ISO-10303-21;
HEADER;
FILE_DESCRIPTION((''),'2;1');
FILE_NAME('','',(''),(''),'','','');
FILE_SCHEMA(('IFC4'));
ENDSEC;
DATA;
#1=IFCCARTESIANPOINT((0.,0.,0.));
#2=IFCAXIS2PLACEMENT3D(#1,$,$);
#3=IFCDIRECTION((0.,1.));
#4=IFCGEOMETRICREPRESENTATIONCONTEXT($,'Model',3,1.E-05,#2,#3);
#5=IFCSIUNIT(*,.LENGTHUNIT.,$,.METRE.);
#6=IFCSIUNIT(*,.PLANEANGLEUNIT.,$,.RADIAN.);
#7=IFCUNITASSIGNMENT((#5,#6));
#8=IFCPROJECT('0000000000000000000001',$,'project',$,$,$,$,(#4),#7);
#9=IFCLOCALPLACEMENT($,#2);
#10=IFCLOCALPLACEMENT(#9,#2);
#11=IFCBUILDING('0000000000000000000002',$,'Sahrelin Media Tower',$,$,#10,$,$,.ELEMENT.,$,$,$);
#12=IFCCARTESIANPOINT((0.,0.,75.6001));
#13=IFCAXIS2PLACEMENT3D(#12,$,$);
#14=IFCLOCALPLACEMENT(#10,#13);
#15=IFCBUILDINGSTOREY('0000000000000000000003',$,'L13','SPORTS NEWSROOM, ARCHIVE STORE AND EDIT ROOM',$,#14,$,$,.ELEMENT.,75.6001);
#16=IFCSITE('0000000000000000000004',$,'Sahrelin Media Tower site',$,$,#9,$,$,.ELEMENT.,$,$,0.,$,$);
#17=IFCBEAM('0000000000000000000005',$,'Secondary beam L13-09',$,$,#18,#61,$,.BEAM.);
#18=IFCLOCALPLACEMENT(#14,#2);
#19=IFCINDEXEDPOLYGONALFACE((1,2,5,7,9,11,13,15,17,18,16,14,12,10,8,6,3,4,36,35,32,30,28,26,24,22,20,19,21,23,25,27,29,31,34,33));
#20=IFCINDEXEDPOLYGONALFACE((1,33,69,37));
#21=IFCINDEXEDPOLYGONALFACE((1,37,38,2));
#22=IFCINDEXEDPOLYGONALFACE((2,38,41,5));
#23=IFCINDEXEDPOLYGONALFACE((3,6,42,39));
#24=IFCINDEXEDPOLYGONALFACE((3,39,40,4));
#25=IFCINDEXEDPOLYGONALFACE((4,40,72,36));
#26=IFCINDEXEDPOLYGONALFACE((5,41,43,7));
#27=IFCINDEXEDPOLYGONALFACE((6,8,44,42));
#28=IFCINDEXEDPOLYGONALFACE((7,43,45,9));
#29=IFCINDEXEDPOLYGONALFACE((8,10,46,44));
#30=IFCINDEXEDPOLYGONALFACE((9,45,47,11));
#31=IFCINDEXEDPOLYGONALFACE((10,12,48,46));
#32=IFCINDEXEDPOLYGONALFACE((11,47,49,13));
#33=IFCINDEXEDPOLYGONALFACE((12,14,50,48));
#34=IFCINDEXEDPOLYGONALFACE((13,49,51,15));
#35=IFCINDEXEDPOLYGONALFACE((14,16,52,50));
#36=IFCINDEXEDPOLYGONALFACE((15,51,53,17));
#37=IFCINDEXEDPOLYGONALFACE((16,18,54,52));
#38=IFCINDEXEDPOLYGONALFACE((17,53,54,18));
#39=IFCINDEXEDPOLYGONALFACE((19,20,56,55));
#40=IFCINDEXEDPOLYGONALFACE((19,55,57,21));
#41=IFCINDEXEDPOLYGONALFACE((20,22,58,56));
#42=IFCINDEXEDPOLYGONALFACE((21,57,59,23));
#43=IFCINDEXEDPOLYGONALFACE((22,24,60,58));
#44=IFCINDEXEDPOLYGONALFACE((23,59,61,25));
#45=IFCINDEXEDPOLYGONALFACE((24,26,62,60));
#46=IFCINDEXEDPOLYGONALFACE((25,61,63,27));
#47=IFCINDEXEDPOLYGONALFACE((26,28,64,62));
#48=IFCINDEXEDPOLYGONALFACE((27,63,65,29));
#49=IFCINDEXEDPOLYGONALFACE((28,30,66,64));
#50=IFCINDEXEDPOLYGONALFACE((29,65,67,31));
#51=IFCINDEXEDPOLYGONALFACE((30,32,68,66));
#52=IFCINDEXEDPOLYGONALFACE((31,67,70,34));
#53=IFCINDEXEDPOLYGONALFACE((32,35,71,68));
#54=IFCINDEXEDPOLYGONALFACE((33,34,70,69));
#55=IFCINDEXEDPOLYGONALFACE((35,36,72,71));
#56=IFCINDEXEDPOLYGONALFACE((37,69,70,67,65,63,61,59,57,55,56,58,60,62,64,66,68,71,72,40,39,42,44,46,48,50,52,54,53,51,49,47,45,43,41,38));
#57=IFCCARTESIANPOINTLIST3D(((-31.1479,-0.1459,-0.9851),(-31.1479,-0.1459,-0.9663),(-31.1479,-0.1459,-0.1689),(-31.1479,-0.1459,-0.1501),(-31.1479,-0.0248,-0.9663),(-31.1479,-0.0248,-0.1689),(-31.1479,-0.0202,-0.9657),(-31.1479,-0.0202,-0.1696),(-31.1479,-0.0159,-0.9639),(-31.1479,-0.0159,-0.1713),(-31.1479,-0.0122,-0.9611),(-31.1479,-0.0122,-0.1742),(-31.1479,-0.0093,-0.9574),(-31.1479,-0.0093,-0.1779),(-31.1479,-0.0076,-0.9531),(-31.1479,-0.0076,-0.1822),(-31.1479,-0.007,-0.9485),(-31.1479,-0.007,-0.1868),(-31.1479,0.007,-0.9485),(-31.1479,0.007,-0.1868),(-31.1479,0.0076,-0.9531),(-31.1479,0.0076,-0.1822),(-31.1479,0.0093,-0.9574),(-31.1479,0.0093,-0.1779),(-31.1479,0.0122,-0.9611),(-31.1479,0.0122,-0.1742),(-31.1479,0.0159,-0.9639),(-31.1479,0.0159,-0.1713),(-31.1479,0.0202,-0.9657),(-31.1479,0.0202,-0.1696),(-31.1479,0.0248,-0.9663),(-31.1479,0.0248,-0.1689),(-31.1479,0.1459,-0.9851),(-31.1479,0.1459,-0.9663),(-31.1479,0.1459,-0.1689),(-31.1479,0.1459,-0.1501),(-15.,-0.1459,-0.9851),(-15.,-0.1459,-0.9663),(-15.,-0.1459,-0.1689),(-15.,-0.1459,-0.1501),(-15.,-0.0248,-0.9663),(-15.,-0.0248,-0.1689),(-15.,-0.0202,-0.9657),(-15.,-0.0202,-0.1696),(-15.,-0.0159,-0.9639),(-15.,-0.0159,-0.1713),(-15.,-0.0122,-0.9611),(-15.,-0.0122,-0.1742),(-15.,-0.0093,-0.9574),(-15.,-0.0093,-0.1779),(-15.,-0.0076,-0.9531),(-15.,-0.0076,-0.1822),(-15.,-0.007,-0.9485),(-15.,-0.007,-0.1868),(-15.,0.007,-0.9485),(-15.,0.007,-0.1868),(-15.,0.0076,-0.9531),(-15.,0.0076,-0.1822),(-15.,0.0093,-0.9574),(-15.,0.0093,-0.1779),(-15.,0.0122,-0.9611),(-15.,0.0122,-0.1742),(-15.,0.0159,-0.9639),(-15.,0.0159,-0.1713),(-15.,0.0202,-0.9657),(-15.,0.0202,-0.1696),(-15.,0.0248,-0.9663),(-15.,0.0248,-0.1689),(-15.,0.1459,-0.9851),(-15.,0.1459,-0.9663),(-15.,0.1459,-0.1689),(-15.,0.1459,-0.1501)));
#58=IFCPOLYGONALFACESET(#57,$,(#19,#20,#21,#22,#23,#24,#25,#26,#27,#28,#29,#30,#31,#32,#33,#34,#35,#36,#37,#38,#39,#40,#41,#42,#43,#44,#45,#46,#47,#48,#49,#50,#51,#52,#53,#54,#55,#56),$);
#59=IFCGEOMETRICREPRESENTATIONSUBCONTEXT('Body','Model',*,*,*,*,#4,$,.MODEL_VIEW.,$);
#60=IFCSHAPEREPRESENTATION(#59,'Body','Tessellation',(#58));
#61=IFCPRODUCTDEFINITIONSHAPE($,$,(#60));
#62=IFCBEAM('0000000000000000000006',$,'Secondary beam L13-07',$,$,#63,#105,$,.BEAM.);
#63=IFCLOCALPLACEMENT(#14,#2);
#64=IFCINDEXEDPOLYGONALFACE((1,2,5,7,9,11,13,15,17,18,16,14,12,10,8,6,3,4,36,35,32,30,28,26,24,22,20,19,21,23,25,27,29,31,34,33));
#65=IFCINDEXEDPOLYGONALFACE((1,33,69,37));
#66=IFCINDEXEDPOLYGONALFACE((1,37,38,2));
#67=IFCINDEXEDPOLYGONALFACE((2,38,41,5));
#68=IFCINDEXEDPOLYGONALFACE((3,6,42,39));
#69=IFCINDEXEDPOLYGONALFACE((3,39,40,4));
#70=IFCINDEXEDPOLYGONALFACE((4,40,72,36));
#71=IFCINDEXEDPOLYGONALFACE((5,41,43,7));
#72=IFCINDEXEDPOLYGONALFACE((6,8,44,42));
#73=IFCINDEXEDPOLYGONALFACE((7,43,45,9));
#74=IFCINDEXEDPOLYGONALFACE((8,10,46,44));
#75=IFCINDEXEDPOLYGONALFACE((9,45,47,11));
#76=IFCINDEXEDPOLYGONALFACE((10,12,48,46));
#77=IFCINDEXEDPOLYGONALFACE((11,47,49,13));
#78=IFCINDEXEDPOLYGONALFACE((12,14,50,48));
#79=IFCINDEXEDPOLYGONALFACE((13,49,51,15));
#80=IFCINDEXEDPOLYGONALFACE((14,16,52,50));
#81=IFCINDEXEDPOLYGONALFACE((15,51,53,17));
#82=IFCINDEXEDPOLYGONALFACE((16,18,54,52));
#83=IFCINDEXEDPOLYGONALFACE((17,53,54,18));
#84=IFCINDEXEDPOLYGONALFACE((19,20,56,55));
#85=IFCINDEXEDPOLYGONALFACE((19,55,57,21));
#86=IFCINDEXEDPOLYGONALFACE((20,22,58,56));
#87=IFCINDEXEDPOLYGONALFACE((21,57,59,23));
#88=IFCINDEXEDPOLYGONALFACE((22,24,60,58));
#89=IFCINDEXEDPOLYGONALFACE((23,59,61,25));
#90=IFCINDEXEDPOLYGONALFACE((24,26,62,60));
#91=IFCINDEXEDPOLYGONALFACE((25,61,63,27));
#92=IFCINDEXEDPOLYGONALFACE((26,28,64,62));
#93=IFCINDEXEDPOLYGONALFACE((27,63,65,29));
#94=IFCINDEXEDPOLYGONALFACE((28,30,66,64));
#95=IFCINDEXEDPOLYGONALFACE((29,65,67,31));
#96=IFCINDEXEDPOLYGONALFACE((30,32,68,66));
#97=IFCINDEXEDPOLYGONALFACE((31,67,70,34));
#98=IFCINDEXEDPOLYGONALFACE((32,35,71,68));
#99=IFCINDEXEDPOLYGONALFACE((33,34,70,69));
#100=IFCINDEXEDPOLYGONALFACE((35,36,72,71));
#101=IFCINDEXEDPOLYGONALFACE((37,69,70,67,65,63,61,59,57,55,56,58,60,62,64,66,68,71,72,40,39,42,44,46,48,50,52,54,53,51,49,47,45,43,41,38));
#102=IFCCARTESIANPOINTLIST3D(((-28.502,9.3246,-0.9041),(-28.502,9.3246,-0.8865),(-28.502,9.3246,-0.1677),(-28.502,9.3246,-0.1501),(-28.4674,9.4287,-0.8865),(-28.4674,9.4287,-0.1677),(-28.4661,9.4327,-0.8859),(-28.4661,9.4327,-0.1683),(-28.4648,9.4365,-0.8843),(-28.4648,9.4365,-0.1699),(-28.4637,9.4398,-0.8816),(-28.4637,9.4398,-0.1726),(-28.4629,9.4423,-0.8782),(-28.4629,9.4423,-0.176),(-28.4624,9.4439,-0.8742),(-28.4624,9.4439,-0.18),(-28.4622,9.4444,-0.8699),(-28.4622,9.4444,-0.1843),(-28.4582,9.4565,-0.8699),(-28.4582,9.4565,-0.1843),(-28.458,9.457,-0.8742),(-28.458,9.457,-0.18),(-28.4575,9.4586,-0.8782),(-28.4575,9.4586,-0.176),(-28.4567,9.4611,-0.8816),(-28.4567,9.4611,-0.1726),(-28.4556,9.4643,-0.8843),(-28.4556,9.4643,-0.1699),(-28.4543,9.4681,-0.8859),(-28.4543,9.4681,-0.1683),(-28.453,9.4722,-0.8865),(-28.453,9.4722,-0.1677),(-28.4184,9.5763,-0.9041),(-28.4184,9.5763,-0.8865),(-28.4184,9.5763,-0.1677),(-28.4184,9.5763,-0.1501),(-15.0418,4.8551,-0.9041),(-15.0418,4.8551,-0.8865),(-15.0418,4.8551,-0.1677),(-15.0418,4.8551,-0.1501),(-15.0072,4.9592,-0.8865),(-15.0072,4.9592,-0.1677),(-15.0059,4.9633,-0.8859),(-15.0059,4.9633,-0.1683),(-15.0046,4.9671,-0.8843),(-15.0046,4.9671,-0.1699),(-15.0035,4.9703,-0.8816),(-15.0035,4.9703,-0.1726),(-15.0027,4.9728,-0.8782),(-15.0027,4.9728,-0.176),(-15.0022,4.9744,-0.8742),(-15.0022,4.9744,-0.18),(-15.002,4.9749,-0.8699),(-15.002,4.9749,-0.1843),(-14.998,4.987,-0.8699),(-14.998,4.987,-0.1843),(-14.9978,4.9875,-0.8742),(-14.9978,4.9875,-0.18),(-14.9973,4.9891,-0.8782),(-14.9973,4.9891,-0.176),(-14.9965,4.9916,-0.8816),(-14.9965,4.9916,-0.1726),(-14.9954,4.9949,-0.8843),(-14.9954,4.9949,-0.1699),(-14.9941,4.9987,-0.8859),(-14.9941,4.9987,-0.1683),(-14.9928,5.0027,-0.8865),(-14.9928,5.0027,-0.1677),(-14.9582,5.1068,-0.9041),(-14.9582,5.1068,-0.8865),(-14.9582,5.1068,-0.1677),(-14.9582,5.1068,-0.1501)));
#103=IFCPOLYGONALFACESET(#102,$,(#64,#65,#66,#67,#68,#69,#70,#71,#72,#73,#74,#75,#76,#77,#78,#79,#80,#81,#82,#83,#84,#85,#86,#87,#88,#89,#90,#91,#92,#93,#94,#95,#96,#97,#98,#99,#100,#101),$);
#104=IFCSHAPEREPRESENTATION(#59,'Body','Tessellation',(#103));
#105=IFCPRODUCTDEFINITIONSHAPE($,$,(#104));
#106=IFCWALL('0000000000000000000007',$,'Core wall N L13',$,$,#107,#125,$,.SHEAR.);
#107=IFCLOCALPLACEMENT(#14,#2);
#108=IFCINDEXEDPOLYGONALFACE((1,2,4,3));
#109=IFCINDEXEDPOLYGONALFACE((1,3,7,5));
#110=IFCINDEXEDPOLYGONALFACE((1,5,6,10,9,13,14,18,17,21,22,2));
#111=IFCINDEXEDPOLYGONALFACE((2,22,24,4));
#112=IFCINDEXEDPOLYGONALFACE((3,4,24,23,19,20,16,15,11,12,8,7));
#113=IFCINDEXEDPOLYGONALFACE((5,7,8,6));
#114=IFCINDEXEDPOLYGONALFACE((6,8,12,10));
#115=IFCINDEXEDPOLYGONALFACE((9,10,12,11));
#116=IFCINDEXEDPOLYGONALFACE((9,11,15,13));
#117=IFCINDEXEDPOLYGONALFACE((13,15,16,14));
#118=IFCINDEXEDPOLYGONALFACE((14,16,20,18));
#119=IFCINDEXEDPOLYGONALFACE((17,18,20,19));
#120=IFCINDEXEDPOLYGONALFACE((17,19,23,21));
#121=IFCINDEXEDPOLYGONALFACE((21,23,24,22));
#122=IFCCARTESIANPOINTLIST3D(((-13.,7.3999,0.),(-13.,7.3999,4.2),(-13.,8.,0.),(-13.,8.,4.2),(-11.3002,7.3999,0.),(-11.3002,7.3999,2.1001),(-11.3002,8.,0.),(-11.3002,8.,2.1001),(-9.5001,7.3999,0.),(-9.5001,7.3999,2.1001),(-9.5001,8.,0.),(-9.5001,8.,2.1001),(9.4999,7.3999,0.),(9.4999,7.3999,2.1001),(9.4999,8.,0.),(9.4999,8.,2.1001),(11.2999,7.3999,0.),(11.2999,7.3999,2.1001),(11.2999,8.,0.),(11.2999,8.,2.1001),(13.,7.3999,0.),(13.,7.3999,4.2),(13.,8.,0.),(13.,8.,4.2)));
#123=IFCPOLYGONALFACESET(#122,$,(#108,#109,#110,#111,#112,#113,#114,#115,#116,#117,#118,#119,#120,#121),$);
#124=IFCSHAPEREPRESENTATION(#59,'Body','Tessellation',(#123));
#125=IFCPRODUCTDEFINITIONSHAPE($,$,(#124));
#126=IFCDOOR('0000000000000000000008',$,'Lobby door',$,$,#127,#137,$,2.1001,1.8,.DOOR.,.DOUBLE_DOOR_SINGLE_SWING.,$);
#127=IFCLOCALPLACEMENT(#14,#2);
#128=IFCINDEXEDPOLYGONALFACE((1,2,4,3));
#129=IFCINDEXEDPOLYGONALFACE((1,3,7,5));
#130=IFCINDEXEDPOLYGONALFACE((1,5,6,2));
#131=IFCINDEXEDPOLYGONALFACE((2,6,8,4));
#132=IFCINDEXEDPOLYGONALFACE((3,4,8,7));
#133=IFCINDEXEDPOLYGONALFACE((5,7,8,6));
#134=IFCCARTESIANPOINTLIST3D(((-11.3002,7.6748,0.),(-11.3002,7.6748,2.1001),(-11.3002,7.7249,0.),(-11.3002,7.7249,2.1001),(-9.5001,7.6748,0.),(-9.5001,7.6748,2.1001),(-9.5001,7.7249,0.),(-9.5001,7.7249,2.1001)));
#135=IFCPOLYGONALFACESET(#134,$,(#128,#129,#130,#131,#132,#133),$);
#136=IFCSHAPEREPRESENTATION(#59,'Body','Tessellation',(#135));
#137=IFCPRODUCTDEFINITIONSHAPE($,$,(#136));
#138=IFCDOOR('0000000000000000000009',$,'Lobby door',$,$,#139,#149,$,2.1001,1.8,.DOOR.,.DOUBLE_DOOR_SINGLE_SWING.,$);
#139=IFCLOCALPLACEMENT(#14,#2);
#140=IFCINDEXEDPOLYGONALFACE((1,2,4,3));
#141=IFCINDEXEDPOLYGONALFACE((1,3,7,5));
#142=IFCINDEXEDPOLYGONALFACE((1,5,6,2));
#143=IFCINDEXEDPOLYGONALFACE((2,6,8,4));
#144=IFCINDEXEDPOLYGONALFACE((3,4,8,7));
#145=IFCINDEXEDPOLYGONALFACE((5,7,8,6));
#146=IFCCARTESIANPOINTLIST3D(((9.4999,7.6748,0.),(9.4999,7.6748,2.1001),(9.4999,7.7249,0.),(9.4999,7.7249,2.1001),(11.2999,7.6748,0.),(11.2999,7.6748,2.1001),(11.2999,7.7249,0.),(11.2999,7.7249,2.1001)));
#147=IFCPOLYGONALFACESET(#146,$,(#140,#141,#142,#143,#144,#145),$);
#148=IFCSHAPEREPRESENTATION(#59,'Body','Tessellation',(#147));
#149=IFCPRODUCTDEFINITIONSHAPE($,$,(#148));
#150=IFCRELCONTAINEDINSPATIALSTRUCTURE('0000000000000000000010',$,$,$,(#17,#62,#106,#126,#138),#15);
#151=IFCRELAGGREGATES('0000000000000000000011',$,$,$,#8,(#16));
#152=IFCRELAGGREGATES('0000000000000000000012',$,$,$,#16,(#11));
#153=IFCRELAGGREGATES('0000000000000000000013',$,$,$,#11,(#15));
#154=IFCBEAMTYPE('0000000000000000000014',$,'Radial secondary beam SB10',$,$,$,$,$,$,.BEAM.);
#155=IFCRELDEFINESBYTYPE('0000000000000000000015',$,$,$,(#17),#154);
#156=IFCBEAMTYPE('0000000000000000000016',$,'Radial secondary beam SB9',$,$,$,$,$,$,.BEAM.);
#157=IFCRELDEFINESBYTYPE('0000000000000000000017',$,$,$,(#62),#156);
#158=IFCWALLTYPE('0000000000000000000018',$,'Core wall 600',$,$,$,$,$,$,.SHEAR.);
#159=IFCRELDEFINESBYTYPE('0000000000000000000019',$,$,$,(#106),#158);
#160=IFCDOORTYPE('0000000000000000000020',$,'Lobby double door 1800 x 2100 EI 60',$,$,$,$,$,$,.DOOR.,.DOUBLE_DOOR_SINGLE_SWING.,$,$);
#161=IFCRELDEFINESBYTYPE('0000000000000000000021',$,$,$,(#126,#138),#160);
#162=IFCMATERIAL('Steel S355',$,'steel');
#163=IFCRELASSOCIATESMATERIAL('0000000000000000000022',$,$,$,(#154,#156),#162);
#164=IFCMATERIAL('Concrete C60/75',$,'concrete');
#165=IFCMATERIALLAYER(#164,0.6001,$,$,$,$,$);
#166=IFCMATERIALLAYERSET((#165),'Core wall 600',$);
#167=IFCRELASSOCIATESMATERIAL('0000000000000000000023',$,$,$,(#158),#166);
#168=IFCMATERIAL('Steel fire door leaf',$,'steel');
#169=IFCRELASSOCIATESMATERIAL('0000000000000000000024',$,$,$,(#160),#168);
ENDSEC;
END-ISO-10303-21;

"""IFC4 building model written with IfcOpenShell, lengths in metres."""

from ifc_helpers import new_model, si_unit, direction, frame, frame_2d, origin, origin_2d, place, context, subcontext, project, spatial, rectangle, i_section, extrude, material, layer, layer_set, material_profile, profile_set, type_object, element, fill, save


model = new_model("IFC4")

# Units and contexts
model_context = context("Model", 3, precision=1e-05, world=origin(), true_north=direction((0.0, 1.0)))
body_context = subcontext(model_context, "Body", "Model", "MODEL_VIEW")
ifc_project = project(units=[si_unit("LENGTHUNIT", "METRE"), si_unit("PLANEANGLEUNIT", "RADIAN")], contexts=[model_context])

# Site, building, storey
site_placement = place(None, origin())
site = spatial("IfcSite", under=ifc_project, at=site_placement, Name="Sahrelin Media Tower site", CompositionType="ELEMENT", RefElevation=0.0)
building_placement = place(site_placement, origin())
building = spatial("IfcBuilding", under=site, at=building_placement, Name="Sahrelin Media Tower", CompositionType="ELEMENT")
storey_placement = place(building_placement, frame((0.0, 0.0, 75.6001)))
storey = spatial("IfcBuildingStorey", under=building, at=storey_placement, Name="L13", Description="SPORTS NEWSROOM, ARCHIVE STORE AND EDIT ROOM", CompositionType="ELEMENT", Elevation=75.6001)

# Beams
ifc_material_1 = material(Name="Steel S355", Category="steel")
ifc_material_profile_1 = material_profile(ifc_material_1, i_section(OverallWidth=0.2917, OverallDepth=0.835, WebThickness=0.0139, FlangeThickness=0.0188, FilletRadius=0.0178, at=origin_2d()), Name="UB 838x292x176")
ifc_profile_set_1 = profile_set([ifc_material_profile_1], Name="Steel S355")
beam_type_1 = type_object("IfcBeamType", Name="Radial secondary beam SB10", PredefinedType="BEAM", material=ifc_profile_set_1)
beam_1_placement = place(storey_placement, frame((-15.0, 0.0, -0.5676), z_axis=(-1.0, 0.0, 0.0), x_axis=(0.0, -1.0, 0.0)))
element("IfcBeam", 1, at=beam_1_placement, inside=storey, type_object=beam_type_1, Name="Secondary beam L13-09", PredefinedType="BEAM", context=body_context, shape_type="SweptSolid", body=[
    extrude(i_section(OverallWidth=0.2917, OverallDepth=0.835, WebThickness=0.0139, FlangeThickness=0.0188, FilletRadius=0.0178, at=origin_2d()), origin(), (0.0, 0.0, 1.0), 16.1479),
])
ifc_material_profile_2 = material_profile(ifc_material_1, i_section(OverallWidth=0.2651, OverallDepth=0.7539, WebThickness=0.0127, FlangeThickness=0.0176, FilletRadius=0.0166, at=origin_2d()), Name="UB 762x267x147")
ifc_profile_set_2 = profile_set([ifc_material_profile_2], Name="Steel S355")
beam_type_2 = type_object("IfcBeamType", Name="Radial secondary beam SB9", PredefinedType="BEAM", material=ifc_profile_set_2)
beam_2_placement = place(storey_placement, frame((-15.0, 4.981, -0.5271), z_axis=(-0.949048, 0.315133, 0.0), x_axis=(-0.315133, -0.949048, 0.0)))
element("IfcBeam", 2, at=beam_2_placement, inside=storey, type_object=beam_type_2, Name="Secondary beam L13-07", PredefinedType="BEAM", context=body_context, shape_type="SweptSolid", body=[
    extrude(i_section(OverallWidth=0.2651, OverallDepth=0.7539, WebThickness=0.0127, FlangeThickness=0.0176, FilletRadius=0.0166, at=origin_2d()), origin(), (0.0, 0.0, 1.0), 14.1829),
])

# Wall, openings, doors
ifc_material_2 = material(Name="Concrete C60/75", Category="concrete")
ifc_layer_1 = layer(ifc_material_2, 0.6001)
ifc_layer_set_1 = layer_set([ifc_layer_1], Name="Core wall 600")
wall_type_1 = type_object("IfcWallType", Name="Core wall 600", PredefinedType="SHEAR", material=ifc_layer_set_1)
wall_1_placement = place(storey_placement, frame((-13.0, 7.7, 0.0), z_axis=(0.0, 0.0, 1.0), x_axis=(1.0, 0.0, 0.0)))
wall_1 = element("IfcWall", 3, at=wall_1_placement, inside=storey, type_object=wall_type_1, Name="Core wall N L13", PredefinedType="SHEAR", context=body_context, shape_type="SweptSolid", body=[
    extrude(rectangle(XDim=26.0, YDim=0.6001, at=frame_2d((13.0, 0.0))), origin(), (0.0, 0.0, 1.0), 4.2),
])
opening_1_placement = place(wall_1_placement, frame((1.7, 0.0, 0.0)))
opening_1 = element("IfcOpeningElement", 4, at=opening_1_placement, cuts=wall_1, PredefinedType="OPENING", context=body_context, shape_type="SweptSolid", body=[
    extrude(rectangle(XDim=1.8, YDim=2.1001, at=frame_2d((0.8999, 1.05))), frame((0.0, 0.3, 0.0), z_axis=(0.0, -1.0, 0.0), x_axis=(1.0, 0.0, 0.0)), (0.0, 0.0, 1.0), 0.6001),
])
opening_2_placement = place(wall_1_placement, frame((22.5, 0.0, 0.0)))
opening_2 = element("IfcOpeningElement", 5, at=opening_2_placement, cuts=wall_1, PredefinedType="OPENING", context=body_context, shape_type="SweptSolid", body=[
    extrude(rectangle(XDim=1.8, YDim=2.1001, at=frame_2d((0.8999, 1.05))), frame((0.0, 0.3, 0.0), z_axis=(0.0, -1.0, 0.0), x_axis=(1.0, 0.0, 0.0)), (0.0, 0.0, 1.0), 0.6001),
])
ifc_material_3 = material(Name="Steel fire door leaf", Category="steel")
door_type_1 = type_object("IfcDoorType", Name="Lobby double door 1800 x 2100 EI 60", OperationType="DOUBLE_DOOR_SINGLE_SWING", PredefinedType="DOOR", material=ifc_material_3)
door_1_placement = place(opening_1_placement, origin())
door_1 = element("IfcDoor", 6, at=door_1_placement, inside=storey, type_object=door_type_1, Name="Lobby door", OperationType="DOUBLE_DOOR_SINGLE_SWING", OverallHeight=2.1001, OverallWidth=1.8, PredefinedType="DOOR", context=body_context, shape_type="SweptSolid", body=[
    extrude(rectangle(XDim=1.8, YDim=2.1001, at=frame_2d((0.8999, 1.05))), frame((0.0, 0.0249, 0.0), z_axis=(0.0, -1.0, 0.0), x_axis=(1.0, 0.0, 0.0)), (0.0, 0.0, 1.0), 0.05),
])
fill(opening_1, door_1)
door_2_placement = place(opening_2_placement, origin())
door_2 = element("IfcDoor", 7, at=door_2_placement, inside=storey, type_object=door_type_1, Name="Lobby door", OperationType="DOUBLE_DOOR_SINGLE_SWING", OverallHeight=2.1001, OverallWidth=1.8, PredefinedType="DOOR", context=body_context, shape_type="SweptSolid", body=[
    extrude(rectangle(XDim=1.8, YDim=2.1001, at=frame_2d((0.8999, 1.05))), frame((0.0, 0.0249, 0.0), z_axis=(0.0, -1.0, 0.0), x_axis=(1.0, 0.0, 0.0)), (0.0, 0.0, 1.0), 0.05),
])
fill(opening_2, door_2)

save(model, "model.ifc")
